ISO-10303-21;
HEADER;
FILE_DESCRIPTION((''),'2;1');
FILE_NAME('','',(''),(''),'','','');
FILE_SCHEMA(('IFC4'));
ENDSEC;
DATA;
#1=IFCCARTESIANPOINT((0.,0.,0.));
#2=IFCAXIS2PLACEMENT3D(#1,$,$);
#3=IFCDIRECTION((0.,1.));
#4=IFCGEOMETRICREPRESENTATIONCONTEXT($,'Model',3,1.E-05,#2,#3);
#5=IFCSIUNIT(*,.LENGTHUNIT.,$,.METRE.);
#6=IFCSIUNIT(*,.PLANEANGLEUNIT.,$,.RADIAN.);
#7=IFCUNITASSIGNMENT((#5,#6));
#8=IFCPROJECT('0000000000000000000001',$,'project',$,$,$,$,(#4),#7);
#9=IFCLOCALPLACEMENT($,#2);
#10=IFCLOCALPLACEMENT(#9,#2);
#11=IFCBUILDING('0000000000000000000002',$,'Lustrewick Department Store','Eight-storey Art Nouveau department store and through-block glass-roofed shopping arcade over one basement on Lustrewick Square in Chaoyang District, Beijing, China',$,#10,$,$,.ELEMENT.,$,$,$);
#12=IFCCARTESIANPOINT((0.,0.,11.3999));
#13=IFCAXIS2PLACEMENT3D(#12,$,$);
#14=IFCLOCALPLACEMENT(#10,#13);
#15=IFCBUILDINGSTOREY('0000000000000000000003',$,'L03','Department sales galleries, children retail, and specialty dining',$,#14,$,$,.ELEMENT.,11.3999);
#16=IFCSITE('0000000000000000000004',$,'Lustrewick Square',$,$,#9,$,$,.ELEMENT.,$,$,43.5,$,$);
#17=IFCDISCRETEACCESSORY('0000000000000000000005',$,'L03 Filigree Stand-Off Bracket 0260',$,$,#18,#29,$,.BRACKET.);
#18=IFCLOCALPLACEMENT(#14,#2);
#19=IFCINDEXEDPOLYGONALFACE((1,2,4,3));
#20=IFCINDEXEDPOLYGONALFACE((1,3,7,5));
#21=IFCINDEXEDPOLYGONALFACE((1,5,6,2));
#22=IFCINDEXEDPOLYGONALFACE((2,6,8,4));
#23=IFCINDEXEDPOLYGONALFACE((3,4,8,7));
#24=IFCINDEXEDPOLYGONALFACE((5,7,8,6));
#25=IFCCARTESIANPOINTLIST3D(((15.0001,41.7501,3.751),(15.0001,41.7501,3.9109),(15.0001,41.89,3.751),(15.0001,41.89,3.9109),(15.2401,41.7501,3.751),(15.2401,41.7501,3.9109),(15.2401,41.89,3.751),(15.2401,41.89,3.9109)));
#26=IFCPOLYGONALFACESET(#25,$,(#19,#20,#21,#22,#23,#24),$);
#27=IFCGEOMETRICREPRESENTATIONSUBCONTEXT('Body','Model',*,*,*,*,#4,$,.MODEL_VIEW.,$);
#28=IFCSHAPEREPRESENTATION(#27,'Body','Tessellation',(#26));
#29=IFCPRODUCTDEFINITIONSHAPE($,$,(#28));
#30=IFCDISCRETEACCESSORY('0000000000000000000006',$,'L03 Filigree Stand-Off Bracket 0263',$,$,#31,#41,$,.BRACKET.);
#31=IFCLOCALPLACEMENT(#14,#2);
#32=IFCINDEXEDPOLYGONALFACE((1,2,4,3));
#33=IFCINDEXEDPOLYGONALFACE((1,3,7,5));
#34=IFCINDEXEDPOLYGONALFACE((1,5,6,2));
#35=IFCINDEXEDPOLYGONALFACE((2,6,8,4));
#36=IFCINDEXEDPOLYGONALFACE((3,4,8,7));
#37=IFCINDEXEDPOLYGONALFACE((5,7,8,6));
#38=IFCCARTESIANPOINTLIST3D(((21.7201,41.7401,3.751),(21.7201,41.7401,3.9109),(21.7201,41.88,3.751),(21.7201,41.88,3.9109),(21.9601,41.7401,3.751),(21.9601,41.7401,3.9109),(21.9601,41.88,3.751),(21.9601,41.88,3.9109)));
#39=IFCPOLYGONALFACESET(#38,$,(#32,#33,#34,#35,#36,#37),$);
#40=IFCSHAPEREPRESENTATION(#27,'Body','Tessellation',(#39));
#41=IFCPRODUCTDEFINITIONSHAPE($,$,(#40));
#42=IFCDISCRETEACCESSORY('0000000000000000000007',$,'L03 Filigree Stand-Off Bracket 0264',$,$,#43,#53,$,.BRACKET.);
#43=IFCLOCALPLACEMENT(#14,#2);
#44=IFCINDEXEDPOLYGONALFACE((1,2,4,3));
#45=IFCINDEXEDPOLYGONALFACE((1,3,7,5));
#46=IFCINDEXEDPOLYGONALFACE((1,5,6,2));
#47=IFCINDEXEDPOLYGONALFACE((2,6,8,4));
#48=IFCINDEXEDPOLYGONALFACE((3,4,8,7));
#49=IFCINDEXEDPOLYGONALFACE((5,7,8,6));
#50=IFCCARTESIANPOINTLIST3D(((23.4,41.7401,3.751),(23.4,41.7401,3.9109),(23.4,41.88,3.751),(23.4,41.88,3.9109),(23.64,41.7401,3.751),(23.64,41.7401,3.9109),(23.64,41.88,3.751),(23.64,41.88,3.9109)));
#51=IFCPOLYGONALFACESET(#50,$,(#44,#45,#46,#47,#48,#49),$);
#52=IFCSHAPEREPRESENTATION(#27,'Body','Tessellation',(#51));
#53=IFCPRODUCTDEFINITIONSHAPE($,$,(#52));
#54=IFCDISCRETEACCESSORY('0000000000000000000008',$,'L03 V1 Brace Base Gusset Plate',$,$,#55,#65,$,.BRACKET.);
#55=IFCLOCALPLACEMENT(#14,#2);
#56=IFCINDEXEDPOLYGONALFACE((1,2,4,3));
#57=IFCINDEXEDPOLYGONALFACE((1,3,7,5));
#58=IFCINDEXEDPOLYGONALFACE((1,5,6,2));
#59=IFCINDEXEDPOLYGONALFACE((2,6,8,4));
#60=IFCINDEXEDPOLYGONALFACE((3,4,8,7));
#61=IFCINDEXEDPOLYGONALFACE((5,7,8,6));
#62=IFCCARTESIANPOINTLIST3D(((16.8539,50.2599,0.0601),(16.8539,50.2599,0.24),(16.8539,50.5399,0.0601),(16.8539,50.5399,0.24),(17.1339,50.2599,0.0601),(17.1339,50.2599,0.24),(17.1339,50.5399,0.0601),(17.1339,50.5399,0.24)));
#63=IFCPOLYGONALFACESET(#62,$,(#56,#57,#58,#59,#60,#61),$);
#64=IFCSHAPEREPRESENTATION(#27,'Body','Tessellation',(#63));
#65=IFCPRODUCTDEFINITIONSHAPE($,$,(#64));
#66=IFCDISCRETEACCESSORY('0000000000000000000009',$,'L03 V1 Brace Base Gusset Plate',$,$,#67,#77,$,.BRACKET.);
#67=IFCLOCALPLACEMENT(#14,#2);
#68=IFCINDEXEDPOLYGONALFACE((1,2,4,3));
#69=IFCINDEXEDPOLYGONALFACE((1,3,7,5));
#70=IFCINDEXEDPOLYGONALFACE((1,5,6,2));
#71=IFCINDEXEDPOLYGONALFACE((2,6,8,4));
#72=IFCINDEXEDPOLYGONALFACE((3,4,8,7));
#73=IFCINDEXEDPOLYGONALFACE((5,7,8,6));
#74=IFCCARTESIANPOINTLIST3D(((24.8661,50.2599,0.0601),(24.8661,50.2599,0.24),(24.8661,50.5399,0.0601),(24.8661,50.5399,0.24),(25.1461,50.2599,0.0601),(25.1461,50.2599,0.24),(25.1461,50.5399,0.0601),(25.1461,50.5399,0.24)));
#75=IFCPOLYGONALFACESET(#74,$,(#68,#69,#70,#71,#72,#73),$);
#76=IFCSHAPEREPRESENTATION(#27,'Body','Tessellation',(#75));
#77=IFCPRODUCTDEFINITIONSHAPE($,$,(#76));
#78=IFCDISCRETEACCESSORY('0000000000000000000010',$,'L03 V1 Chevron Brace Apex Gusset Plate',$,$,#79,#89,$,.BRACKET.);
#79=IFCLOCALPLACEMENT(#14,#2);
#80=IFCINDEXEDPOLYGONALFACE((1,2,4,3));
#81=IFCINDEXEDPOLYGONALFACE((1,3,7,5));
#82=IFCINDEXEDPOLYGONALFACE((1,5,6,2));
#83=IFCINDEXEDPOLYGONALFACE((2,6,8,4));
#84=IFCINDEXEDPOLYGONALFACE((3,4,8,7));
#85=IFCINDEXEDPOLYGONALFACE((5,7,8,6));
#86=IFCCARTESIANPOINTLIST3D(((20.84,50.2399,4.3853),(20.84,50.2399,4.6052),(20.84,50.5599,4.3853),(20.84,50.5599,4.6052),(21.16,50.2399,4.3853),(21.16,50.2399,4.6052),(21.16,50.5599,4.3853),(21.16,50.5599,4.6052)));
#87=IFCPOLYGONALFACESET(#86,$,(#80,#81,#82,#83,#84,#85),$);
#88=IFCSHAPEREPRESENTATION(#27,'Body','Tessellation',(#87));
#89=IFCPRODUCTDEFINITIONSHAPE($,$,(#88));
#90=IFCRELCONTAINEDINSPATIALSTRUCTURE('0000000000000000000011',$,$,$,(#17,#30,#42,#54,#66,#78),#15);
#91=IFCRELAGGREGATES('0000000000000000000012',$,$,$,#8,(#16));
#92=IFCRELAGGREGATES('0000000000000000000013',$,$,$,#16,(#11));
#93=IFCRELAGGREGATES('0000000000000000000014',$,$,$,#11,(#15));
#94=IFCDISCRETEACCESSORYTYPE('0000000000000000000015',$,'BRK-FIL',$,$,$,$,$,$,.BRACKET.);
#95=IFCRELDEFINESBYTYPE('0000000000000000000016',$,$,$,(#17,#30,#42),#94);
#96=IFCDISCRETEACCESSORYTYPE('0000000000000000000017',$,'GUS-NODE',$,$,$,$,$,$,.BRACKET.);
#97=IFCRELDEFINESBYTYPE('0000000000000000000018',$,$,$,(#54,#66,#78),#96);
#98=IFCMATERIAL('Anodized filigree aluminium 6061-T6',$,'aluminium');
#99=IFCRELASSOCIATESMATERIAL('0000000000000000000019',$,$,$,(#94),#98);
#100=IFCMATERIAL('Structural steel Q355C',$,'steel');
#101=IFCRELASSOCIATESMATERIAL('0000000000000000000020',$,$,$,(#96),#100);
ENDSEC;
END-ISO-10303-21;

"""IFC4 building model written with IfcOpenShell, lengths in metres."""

from ifc_helpers import new_model, si_unit, direction, frame, origin, origin_2d, place, context, subcontext, project, spatial, rectangle, extrude, material, type_object, element, save


model = new_model("IFC4")

# Units and contexts
model_context = context("Model", 3, precision=1e-05, world=origin(), true_north=direction((0.0, 1.0)))
body_context = subcontext(model_context, "Body", "Model", "MODEL_VIEW")
ifc_project = project(units=[si_unit("LENGTHUNIT", "METRE"), si_unit("PLANEANGLEUNIT", "RADIAN")], contexts=[model_context])

# Site, building, storey
site_placement = place(None, origin())
site = spatial("IfcSite", under=ifc_project, at=site_placement, Name="Lustrewick Square", CompositionType="ELEMENT", RefElevation=43.5)
building_placement = place(site_placement, origin())
building = spatial("IfcBuilding", under=site, at=building_placement, Name="Lustrewick Department Store", Description="Eight-storey Art Nouveau department store and through-block glass-roofed shopping arcade over one basement on Lustrewick Square in Chaoyang District, Beijing, China", CompositionType="ELEMENT")
storey_placement = place(building_placement, frame((0.0, 0.0, 11.3999)))
storey = spatial("IfcBuildingStorey", under=building, at=storey_placement, Name="L03", Description="Department sales galleries, children retail, and specialty dining", CompositionType="ELEMENT", Elevation=11.3999)

# Shared definitions
ifc_material_1 = material(Name="Structural steel Q355C", Category="steel")

# Discrete accessories
ifc_material_2 = material(Name="Anodized filigree aluminium 6061-T6", Category="aluminium")
discrete_accessory_type_1 = type_object("IfcDiscreteAccessoryType", Name="BRK-FIL", PredefinedType="BRACKET", material=ifc_material_2)
for number, where, z_axis, x_axis, name in (
    (1, (15.1201, 41.8201, 3.751), (0.0, 0.0, 1.0), (1.0, 0.0, 0.0), "L03 Filigree Stand-Off Bracket 0260"),
    (2, (21.8401, 41.8101, 3.751), (0.0, 0.0, 1.0), (1.0, 0.0, 0.0), "L03 Filigree Stand-Off Bracket 0263"),
    (3, (23.52, 41.8101, 3.751), (0.0, 0.0, 1.0), (1.0, 0.0, 0.0), "L03 Filigree Stand-Off Bracket 0264"),
):
    element("IfcDiscreteAccessory", number, at=place(storey_placement, frame(where, z_axis=z_axis, x_axis=x_axis)), inside=storey, type_object=discrete_accessory_type_1, Name=name, PredefinedType="BRACKET", context=body_context, shape_type="SweptSolid", body=[
        extrude(rectangle(XDim=0.24, YDim=0.1399, at=origin_2d()), origin(), (0.0, 0.0, 1.0), 0.1599),
    ])
discrete_accessory_type_2 = type_object("IfcDiscreteAccessoryType", Name="GUS-NODE", PredefinedType="BRACKET", material=ifc_material_1)
for number, where, z_axis, x_axis, name in (
    (4, (16.9939, 50.3999, 0.0601), (0.0, 0.0, 1.0), (1.0, 0.0, 0.0), "L03 V1 Brace Base Gusset Plate"),
    (5, (25.0061, 50.3999, 0.0601), (0.0, 0.0, 1.0), (1.0, 0.0, 0.0), "L03 V1 Brace Base Gusset Plate"),
):
    element("IfcDiscreteAccessory", number, at=place(storey_placement, frame(where, z_axis=z_axis, x_axis=x_axis)), inside=storey, type_object=discrete_accessory_type_2, Name=name, PredefinedType="BRACKET", context=body_context, shape_type="SweptSolid", body=[
        extrude(rectangle(XDim=0.28, YDim=0.28, at=origin_2d()), origin(), (0.0, 0.0, 1.0), 0.1799),
    ])
discrete_accessory_placement = place(storey_placement, frame((21.0, 50.3999, 4.3853), z_axis=(0.0, 0.0, 1.0), x_axis=(1.0, 0.0, 0.0)))
element("IfcDiscreteAccessory", 6, at=discrete_accessory_placement, inside=storey, type_object=discrete_accessory_type_2, Name="L03 V1 Chevron Brace Apex Gusset Plate", PredefinedType="BRACKET", context=body_context, shape_type="SweptSolid", body=[
    extrude(rectangle(XDim=0.3201, YDim=0.3201, at=origin_2d()), origin(), (0.0, 0.0, 1.0), 0.22),
])

save(model, "model.ifc")
